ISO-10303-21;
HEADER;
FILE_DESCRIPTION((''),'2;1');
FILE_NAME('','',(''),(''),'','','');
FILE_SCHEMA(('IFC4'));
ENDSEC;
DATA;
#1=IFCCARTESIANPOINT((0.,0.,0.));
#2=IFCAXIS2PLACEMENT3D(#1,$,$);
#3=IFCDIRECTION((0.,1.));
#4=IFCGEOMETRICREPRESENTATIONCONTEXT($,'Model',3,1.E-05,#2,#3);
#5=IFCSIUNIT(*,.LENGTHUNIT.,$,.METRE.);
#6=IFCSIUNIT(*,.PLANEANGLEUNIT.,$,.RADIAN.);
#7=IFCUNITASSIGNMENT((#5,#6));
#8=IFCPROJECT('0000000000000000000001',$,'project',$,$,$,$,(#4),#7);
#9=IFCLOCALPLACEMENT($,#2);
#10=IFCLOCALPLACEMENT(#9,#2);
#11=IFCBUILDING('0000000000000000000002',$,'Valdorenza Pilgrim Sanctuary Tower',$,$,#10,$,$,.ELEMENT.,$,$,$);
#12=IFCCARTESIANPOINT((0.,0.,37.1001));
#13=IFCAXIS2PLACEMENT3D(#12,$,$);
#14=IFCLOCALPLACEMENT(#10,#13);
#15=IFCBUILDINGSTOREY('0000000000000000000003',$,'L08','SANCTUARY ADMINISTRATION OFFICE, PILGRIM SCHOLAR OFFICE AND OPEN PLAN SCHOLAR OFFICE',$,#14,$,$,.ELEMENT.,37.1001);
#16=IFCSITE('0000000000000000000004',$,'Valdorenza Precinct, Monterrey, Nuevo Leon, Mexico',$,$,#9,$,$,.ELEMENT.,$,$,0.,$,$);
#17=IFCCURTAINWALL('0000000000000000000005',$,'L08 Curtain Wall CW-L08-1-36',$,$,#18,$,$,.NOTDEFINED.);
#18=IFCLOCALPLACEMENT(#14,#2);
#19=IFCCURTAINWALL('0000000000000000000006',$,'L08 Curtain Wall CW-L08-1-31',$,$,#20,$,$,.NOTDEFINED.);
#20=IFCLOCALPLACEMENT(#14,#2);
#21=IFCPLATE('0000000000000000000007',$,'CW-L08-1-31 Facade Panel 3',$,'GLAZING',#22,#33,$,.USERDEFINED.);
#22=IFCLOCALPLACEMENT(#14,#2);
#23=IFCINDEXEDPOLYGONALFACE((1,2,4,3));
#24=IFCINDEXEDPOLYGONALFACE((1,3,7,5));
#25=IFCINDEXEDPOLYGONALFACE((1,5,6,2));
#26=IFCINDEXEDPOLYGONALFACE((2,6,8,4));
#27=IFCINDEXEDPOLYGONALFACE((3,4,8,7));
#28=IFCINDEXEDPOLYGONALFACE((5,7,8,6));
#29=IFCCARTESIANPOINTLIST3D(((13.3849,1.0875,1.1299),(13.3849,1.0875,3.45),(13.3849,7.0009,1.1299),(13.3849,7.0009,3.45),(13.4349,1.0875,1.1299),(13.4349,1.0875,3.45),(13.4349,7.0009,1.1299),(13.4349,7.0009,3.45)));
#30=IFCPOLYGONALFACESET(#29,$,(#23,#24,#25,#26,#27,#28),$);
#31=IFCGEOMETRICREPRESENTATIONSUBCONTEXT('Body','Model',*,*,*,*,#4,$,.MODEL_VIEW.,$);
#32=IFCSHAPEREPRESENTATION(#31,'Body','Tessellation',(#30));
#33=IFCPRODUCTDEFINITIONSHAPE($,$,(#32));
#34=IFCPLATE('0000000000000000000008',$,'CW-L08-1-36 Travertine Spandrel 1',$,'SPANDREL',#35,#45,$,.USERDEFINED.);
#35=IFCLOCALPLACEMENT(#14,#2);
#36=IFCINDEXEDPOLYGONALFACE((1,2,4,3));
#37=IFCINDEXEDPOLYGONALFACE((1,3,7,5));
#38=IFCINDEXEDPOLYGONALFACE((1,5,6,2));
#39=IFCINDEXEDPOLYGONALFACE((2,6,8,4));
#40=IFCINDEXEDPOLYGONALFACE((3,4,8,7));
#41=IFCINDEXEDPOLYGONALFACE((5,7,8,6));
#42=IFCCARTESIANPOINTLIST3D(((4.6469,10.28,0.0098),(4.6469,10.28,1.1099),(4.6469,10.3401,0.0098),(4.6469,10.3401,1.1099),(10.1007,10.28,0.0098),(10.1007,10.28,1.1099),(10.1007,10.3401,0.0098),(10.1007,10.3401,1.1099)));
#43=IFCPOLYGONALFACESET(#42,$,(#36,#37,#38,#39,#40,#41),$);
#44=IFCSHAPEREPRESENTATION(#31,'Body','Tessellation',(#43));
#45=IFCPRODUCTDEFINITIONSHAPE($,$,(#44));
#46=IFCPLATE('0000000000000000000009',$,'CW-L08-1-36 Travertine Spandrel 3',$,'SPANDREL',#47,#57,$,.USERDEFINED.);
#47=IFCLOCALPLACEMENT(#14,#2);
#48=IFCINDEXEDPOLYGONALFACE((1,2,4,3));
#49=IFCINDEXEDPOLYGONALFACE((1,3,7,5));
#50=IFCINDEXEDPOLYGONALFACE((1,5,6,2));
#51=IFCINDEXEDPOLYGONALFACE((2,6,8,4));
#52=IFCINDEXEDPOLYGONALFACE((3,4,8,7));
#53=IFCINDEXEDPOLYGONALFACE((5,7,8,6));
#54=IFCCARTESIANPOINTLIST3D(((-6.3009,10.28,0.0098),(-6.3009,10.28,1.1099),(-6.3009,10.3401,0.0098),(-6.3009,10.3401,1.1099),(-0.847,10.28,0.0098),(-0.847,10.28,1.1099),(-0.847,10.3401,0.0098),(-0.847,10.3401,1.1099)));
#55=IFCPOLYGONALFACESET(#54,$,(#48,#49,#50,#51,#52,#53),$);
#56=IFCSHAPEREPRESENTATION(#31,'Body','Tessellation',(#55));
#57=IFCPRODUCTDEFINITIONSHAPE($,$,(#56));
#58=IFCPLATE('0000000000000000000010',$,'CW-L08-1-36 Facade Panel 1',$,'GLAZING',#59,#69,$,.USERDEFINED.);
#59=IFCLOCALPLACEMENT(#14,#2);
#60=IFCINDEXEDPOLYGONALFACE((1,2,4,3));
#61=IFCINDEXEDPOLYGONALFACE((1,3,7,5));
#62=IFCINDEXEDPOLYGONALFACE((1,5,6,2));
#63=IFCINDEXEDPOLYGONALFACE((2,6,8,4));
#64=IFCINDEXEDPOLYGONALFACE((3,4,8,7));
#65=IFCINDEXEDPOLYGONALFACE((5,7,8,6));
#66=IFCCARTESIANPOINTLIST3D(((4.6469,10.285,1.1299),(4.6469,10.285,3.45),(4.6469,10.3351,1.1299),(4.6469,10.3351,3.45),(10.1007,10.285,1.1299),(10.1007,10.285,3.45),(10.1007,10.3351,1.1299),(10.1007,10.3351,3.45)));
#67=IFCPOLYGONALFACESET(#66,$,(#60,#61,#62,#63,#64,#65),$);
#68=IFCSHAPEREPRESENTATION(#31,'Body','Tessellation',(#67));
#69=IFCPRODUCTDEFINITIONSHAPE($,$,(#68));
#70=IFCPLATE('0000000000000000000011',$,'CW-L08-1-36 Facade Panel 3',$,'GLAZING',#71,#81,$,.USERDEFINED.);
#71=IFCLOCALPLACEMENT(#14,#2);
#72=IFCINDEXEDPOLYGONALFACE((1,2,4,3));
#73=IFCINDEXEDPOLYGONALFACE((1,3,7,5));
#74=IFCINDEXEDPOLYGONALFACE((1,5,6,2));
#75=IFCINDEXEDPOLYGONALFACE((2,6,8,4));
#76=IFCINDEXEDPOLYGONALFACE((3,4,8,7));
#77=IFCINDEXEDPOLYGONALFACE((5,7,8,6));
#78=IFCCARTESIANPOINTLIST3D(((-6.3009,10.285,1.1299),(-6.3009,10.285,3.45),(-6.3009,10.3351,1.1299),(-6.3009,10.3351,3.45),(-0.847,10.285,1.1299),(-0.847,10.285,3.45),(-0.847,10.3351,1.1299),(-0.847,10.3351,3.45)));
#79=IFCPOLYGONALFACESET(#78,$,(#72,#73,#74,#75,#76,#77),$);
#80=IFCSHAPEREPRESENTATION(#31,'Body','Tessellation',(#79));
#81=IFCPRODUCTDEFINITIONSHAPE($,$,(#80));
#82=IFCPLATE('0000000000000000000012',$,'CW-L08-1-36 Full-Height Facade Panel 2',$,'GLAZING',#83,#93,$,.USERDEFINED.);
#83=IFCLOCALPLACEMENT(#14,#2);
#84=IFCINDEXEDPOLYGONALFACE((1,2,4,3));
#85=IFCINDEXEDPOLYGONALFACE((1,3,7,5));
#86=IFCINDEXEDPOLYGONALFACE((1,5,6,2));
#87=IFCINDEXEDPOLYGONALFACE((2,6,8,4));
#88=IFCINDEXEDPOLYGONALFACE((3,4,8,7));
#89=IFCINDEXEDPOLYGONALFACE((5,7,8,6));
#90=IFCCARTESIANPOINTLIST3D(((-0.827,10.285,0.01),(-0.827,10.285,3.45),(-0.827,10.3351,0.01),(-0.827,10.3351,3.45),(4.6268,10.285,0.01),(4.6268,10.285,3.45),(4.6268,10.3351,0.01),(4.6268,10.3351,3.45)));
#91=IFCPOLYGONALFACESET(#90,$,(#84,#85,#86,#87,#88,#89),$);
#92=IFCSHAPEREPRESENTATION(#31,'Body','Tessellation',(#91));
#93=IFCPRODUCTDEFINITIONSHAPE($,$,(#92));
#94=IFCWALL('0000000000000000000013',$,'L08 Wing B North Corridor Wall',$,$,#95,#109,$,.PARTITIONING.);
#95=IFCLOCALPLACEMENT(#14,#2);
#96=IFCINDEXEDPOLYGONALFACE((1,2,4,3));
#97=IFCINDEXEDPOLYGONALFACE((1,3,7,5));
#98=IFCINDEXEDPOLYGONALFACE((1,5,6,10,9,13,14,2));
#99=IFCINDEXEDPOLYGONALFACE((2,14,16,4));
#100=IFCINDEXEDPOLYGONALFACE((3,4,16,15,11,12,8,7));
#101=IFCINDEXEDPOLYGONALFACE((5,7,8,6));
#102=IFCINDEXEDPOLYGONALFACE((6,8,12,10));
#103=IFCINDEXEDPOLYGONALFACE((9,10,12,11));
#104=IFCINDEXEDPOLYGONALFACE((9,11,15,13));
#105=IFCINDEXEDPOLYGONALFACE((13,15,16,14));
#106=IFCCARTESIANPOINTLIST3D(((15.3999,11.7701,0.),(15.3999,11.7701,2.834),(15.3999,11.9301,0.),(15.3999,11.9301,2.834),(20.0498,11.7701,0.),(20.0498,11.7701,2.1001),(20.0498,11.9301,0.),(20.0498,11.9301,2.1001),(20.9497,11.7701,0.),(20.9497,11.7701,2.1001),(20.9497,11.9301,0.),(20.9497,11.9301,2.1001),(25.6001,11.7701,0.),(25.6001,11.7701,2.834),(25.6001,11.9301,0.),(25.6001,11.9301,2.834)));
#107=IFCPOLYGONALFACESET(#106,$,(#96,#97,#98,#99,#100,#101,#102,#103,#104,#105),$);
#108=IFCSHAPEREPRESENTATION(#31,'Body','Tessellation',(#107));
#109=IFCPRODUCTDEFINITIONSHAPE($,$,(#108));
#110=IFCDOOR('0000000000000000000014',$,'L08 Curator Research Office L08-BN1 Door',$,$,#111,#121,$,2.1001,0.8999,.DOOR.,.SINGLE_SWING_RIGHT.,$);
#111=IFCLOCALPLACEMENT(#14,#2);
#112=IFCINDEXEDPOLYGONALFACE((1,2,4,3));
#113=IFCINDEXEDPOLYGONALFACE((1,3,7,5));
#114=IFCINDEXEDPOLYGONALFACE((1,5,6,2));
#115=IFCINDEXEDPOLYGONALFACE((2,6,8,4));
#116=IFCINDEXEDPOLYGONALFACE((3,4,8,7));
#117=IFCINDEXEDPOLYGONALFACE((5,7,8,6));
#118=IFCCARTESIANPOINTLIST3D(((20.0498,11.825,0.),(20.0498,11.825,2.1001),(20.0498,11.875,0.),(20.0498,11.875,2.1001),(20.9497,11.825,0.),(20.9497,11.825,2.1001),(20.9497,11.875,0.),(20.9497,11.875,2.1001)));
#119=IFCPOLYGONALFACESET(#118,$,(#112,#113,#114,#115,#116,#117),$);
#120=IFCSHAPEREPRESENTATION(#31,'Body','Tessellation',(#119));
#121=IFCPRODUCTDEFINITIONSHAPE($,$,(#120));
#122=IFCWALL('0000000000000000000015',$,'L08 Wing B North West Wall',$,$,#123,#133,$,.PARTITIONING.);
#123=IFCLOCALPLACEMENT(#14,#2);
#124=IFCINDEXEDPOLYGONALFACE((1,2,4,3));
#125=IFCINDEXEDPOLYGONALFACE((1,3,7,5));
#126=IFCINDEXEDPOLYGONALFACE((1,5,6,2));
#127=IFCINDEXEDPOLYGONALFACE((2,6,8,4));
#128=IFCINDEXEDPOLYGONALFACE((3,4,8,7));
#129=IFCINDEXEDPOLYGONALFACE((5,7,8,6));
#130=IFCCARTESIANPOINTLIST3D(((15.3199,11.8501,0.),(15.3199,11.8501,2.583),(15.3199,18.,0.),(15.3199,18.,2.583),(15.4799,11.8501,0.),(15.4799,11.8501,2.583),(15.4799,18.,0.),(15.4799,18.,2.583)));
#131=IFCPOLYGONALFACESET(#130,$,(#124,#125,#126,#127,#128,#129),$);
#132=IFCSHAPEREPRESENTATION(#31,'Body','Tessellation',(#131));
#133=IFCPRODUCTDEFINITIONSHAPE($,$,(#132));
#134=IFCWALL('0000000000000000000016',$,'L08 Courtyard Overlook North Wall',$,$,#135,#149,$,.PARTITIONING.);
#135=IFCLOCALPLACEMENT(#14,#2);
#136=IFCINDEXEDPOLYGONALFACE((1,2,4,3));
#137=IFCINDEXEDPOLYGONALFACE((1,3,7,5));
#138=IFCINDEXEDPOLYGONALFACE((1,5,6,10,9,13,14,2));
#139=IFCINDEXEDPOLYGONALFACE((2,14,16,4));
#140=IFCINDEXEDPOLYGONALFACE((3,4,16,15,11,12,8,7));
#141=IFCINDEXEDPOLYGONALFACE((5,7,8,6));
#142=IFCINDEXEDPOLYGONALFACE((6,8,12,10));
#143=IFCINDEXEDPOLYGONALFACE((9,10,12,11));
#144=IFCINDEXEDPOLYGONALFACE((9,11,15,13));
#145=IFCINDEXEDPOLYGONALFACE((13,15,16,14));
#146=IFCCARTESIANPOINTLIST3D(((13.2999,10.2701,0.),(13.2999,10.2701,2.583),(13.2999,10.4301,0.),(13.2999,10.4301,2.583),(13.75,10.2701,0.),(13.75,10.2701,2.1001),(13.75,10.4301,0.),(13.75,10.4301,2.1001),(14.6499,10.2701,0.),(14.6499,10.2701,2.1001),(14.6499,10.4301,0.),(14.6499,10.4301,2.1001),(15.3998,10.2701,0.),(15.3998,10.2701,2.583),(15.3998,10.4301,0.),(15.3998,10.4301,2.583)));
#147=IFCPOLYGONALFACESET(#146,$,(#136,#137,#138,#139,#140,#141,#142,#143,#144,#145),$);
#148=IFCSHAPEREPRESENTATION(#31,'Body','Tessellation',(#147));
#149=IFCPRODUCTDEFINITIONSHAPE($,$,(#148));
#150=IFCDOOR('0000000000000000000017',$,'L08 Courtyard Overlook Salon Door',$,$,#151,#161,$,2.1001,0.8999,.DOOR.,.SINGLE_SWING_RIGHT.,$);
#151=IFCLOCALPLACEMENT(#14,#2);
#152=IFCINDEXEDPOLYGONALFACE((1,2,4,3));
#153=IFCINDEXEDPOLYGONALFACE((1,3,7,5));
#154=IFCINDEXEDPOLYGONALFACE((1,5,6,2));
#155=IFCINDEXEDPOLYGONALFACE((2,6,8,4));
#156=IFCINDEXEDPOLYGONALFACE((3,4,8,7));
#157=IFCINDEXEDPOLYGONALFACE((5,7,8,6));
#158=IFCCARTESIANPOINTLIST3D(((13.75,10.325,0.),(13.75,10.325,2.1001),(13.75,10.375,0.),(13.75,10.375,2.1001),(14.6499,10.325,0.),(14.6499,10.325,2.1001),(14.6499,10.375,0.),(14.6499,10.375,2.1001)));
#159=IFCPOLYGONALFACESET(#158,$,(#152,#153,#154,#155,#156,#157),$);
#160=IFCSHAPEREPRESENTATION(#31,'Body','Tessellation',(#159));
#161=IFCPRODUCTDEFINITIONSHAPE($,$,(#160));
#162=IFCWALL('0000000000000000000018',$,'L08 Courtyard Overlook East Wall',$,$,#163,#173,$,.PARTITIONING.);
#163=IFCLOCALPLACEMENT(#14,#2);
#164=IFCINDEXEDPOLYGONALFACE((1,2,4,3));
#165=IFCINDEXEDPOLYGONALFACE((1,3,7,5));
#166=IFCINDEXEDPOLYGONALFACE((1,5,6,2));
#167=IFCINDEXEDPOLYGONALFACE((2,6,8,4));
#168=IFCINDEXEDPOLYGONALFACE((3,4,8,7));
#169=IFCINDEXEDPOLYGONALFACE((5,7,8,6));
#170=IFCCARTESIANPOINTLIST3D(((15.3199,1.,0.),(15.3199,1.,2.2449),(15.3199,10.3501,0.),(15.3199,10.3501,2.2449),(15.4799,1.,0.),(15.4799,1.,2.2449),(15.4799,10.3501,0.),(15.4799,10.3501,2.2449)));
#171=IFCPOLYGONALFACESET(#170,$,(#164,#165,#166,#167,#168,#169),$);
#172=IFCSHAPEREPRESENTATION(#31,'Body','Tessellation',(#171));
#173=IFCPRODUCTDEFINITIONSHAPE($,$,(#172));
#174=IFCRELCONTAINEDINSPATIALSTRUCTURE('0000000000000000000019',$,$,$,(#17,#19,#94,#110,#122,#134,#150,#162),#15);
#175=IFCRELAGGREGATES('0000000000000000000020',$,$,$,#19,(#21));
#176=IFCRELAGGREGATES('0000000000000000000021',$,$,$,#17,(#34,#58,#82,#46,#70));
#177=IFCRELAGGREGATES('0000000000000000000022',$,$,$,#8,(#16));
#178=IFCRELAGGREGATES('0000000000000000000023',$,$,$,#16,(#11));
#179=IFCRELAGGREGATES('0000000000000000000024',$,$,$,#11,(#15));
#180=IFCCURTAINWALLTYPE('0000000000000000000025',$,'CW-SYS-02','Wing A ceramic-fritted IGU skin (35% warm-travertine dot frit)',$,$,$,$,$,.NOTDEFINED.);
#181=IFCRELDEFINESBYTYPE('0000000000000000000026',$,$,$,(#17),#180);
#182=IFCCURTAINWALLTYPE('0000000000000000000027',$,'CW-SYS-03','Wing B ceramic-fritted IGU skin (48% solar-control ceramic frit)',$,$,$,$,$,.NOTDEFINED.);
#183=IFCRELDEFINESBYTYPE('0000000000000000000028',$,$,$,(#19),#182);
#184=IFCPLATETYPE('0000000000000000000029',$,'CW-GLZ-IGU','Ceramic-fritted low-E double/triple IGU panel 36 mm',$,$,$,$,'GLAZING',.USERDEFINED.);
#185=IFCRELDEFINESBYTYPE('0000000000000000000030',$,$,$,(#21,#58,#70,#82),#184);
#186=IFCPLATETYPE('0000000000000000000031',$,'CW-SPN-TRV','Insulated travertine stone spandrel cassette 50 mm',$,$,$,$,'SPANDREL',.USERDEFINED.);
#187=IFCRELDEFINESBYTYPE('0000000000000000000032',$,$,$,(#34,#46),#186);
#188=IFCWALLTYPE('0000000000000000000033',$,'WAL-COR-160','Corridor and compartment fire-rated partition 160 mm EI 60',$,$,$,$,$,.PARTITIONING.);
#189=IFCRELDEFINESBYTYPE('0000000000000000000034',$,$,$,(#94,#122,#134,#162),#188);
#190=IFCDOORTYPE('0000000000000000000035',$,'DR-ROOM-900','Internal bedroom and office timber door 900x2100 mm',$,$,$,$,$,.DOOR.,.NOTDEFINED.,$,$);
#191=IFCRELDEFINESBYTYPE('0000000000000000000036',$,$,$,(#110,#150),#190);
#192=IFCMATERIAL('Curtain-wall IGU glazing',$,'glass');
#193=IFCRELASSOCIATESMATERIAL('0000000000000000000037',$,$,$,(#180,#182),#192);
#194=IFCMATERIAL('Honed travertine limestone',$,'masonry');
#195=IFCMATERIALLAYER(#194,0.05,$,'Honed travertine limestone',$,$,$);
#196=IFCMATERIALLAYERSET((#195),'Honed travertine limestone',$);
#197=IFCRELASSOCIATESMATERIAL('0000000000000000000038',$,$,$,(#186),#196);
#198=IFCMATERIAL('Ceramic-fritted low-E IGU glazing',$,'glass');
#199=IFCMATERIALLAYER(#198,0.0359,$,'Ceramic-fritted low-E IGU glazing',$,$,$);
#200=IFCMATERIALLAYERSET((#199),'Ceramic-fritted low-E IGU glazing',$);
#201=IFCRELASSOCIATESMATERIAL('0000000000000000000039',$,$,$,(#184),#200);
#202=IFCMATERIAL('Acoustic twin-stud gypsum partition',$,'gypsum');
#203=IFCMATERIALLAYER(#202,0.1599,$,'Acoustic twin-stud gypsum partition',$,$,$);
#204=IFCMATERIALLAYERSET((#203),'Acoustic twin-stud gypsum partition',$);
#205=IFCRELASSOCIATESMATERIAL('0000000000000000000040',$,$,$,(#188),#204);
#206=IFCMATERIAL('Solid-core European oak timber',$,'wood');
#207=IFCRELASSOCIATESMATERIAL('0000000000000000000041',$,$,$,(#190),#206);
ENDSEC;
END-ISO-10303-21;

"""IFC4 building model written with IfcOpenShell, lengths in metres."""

from ifc_helpers import new_model, si_unit, direction, frame, frame_2d, origin, origin_2d, place, context, subcontext, project, spatial, rectangle, extrude, source, transform, mapped, material, layer, layer_set, type_object, element, fill, aggregate, save


model = new_model("IFC4")

# Units and contexts
model_context = context("Model", 3, precision=1e-05, world=origin(), true_north=direction((0.0, 1.0)))
body_context = subcontext(model_context, "Body", "Model", "MODEL_VIEW")
ifc_project = project(units=[si_unit("LENGTHUNIT", "METRE"), si_unit("PLANEANGLEUNIT", "RADIAN")], contexts=[model_context])

# Site, building, storey
site_placement = place(None, origin())
site = spatial("IfcSite", under=ifc_project, at=site_placement, Name="Valdorenza Precinct, Monterrey, Nuevo Leon, Mexico", CompositionType="ELEMENT", RefElevation=0.0)
building_placement = place(site_placement, origin())
building = spatial("IfcBuilding", under=site, at=building_placement, Name="Valdorenza Pilgrim Sanctuary Tower", CompositionType="ELEMENT")
storey_placement = place(building_placement, frame((0.0, 0.0, 37.1001)))
storey = spatial("IfcBuildingStorey", under=building, at=storey_placement, Name="L08", Description="SANCTUARY ADMINISTRATION OFFICE, PILGRIM SCHOLAR OFFICE AND OPEN PLAN SCHOLAR OFFICE", CompositionType="ELEMENT", Elevation=37.1001)

# Curtain walls
ifc_material_1 = material(Name="Curtain-wall IGU glazing", Category="glass")
curtain_wall_type_1 = type_object("IfcCurtainWallType", Name="CW-SYS-02", Description="Wing A ceramic-fritted IGU skin (35% warm-travertine dot frit)", PredefinedType="NOTDEFINED", material=ifc_material_1)
curtain_wall_1_placement = place(storey_placement, origin())
curtain_wall_1 = element("IfcCurtainWall", 1, at=curtain_wall_1_placement, inside=storey, type_object=curtain_wall_type_1, Name="L08 Curtain Wall CW-L08-1-36", PredefinedType="NOTDEFINED")
curtain_wall_type_2 = type_object("IfcCurtainWallType", Name="CW-SYS-03", Description="Wing B ceramic-fritted IGU skin (48% solar-control ceramic frit)", PredefinedType="NOTDEFINED", material=ifc_material_1)
curtain_wall_2_placement = place(storey_placement, origin())
curtain_wall_2 = element("IfcCurtainWall", 2, at=curtain_wall_2_placement, inside=storey, type_object=curtain_wall_type_2, Name="L08 Curtain Wall CW-L08-1-31", PredefinedType="NOTDEFINED")

# Plates
ifc_material_2 = material(Name="Honed travertine limestone", Category="masonry")
ifc_layer_1 = layer(ifc_material_2, 0.05, Name="Honed travertine limestone")
ifc_layer_set_1 = layer_set([ifc_layer_1], Name="Honed travertine limestone")
plate_type_1 = type_object("IfcPlateType", Name="CW-SPN-TRV", Description="Insulated travertine stone spandrel cassette 50 mm", ElementType="SPANDREL", PredefinedType="USERDEFINED", material=ifc_layer_set_1)
ifc_material_3 = material(Name="Ceramic-fritted low-E IGU glazing", Category="glass")
ifc_layer_2 = layer(ifc_material_3, 0.0359, Name="Ceramic-fritted low-E IGU glazing")
ifc_layer_set_2 = layer_set([ifc_layer_2], Name="Ceramic-fritted low-E IGU glazing")
plate_type_2 = type_object("IfcPlateType", Name="CW-GLZ-IGU", Description="Ceramic-fritted low-E double/triple IGU panel 36 mm", ElementType="GLAZING", PredefinedType="USERDEFINED", material=ifc_layer_set_2)
shared_shape_1 = source(origin(), body_context, "Body", "SweptSolid", [
    extrude(rectangle(XDim=5.9133, YDim=0.05, at=origin_2d()), origin(), (0.0, 0.0, 1.0), 2.3201),
])
plate_1_placement = place(storey_placement, frame((13.4099, 4.0442, 1.1299), z_axis=(0.0, 0.0, 1.0), x_axis=(0.0, 1.0, 0.0)))
plate_1 = element("IfcPlate", 3, at=plate_1_placement, type_object=plate_type_2, Name="CW-L08-1-31 Facade Panel 3", ObjectType="GLAZING", PredefinedType="USERDEFINED", context=body_context, shape_type="MappedRepresentation", body=[
    mapped(shared_shape_1, transform((0.0, 0.0, 0.0), x_axis=(1.0, 0.0, 0.0), y_axis=(0.0, 1.0, 0.0), z_axis=(0.0, 0.0, 1.0), scale=1.0)),
])
aggregate(curtain_wall_2, [plate_1])
shared_shape_2 = source(origin(), body_context, "Body", "SweptSolid", [
    extrude(rectangle(XDim=5.4539, YDim=0.0601, at=origin_2d()), origin(), (0.0, 0.0, 1.0), 1.1001),
])
plate_2_placement = place(storey_placement, frame((7.3738, 10.3101, 0.0098), z_axis=(0.0, 0.0, 1.0), x_axis=(-1.0, 0.0, 0.0)))
plate_2 = element("IfcPlate", 4, at=plate_2_placement, type_object=plate_type_1, Name="CW-L08-1-36 Travertine Spandrel 1", ObjectType="SPANDREL", PredefinedType="USERDEFINED", context=body_context, shape_type="MappedRepresentation", body=[
    mapped(shared_shape_2, transform((0.0, 0.0, 0.0), x_axis=(1.0, 0.0, 0.0), y_axis=(0.0, 1.0, 0.0), z_axis=(0.0, 0.0, 1.0), scale=1.0)),
])
plate_3_placement = place(storey_placement, frame((-3.574, 10.3101, 0.0098), z_axis=(0.0, 0.0, 1.0), x_axis=(-1.0, 0.0, 0.0)))
plate_3 = element("IfcPlate", 5, at=plate_3_placement, type_object=plate_type_1, Name="CW-L08-1-36 Travertine Spandrel 3", ObjectType="SPANDREL", PredefinedType="USERDEFINED", context=body_context, shape_type="MappedRepresentation", body=[
    mapped(shared_shape_2, transform((0.0, 0.0, 0.0), x_axis=(1.0, 0.0, 0.0), y_axis=(0.0, 1.0, 0.0), z_axis=(0.0, 0.0, 1.0), scale=1.0)),
])
shared_shape_3 = source(origin(), body_context, "Body", "SweptSolid", [
    extrude(rectangle(XDim=5.4539, YDim=0.05, at=origin_2d()), origin(), (0.0, 0.0, 1.0), 2.3201),
])
plate_4_placement = place(storey_placement, frame((7.3738, 10.3101, 1.1299), z_axis=(0.0, 0.0, 1.0), x_axis=(-1.0, 0.0, 0.0)))
plate_4 = element("IfcPlate", 6, at=plate_4_placement, type_object=plate_type_2, Name="CW-L08-1-36 Facade Panel 1", ObjectType="GLAZING", PredefinedType="USERDEFINED", context=body_context, shape_type="MappedRepresentation", body=[
    mapped(shared_shape_3, transform((0.0, 0.0, 0.0), x_axis=(1.0, 0.0, 0.0), y_axis=(0.0, 1.0, 0.0), z_axis=(0.0, 0.0, 1.0), scale=1.0)),
])
plate_5_placement = place(storey_placement, frame((-3.574, 10.3101, 1.1299), z_axis=(0.0, 0.0, 1.0), x_axis=(-1.0, 0.0, 0.0)))
plate_5 = element("IfcPlate", 7, at=plate_5_placement, type_object=plate_type_2, Name="CW-L08-1-36 Facade Panel 3", ObjectType="GLAZING", PredefinedType="USERDEFINED", context=body_context, shape_type="MappedRepresentation", body=[
    mapped(shared_shape_3, transform((0.0, 0.0, 0.0), x_axis=(1.0, 0.0, 0.0), y_axis=(0.0, 1.0, 0.0), z_axis=(0.0, 0.0, 1.0), scale=1.0)),
])
shared_shape_4 = source(origin(), body_context, "Body", "SweptSolid", [
    extrude(rectangle(XDim=5.4539, YDim=0.05, at=origin_2d()), origin(), (0.0, 0.0, 1.0), 3.4399),
])
plate_6_placement = place(storey_placement, frame((1.8999, 10.3101, 0.01), z_axis=(0.0, 0.0, 1.0), x_axis=(-1.0, 0.0, 0.0)))
plate_6 = element("IfcPlate", 8, at=plate_6_placement, type_object=plate_type_2, Name="CW-L08-1-36 Full-Height Facade Panel 2", ObjectType="GLAZING", PredefinedType="USERDEFINED", context=body_context, shape_type="MappedRepresentation", body=[
    mapped(shared_shape_4, transform((0.0, 0.0, 0.0), x_axis=(1.0, 0.0, 0.0), y_axis=(0.0, 1.0, 0.0), z_axis=(0.0, 0.0, 1.0), scale=1.0)),
])
aggregate(curtain_wall_1, [plate_2, plate_4, plate_6, plate_3, plate_5])

# Wall, opening, door
ifc_material_4 = material(Name="Acoustic twin-stud gypsum partition", Category="gypsum")
ifc_layer_3 = layer(ifc_material_4, 0.1599, Name="Acoustic twin-stud gypsum partition")
ifc_layer_set_3 = layer_set([ifc_layer_3], Name="Acoustic twin-stud gypsum partition")
wall_type_1 = type_object("IfcWallType", Name="WAL-COR-160", Description="Corridor and compartment fire-rated partition 160 mm EI 60", PredefinedType="PARTITIONING", material=ifc_layer_set_3)
wall_1_placement = place(storey_placement, frame((15.3999, 11.8501, 0.0), z_axis=(0.0, 0.0, 1.0), x_axis=(1.0, 0.0, 0.0)))
wall_1 = element("IfcWall", 9, at=wall_1_placement, inside=storey, type_object=wall_type_1, Name="L08 Wing B North Corridor Wall", PredefinedType="PARTITIONING", context=body_context, shape_type="SweptSolid", body=[
    extrude(rectangle(XDim=10.2002, YDim=0.1599, at=frame_2d((5.1001, 0.0))), origin(), (0.0, 0.0, 1.0), 2.834),
])
opening_1_placement = place(wall_1_placement, frame((4.6499, 0.0, 0.0)))
opening_1 = element("IfcOpeningElement", 10, at=opening_1_placement, cuts=wall_1, PredefinedType="OPENING", context=body_context, shape_type="SweptSolid", body=[
    extrude(rectangle(XDim=0.8999, YDim=2.1001, at=frame_2d((0.45, 1.05))), frame((0.0, 0.0947, 0.0), z_axis=(0.0, -1.0, 0.0), x_axis=(1.0, 0.0, 0.0)), (0.0, 0.0, 1.0), 0.1897),
])
ifc_material_5 = material(Name="Solid-core European oak timber", Category="wood")
door_type = type_object("IfcDoorType", Name="DR-ROOM-900", Description="Internal bedroom and office timber door 900x2100 mm", OperationType="NOTDEFINED", PredefinedType="DOOR", material=ifc_material_5)
door_1_placement = place(opening_1_placement, origin())
door_1 = element("IfcDoor", 11, at=door_1_placement, inside=storey, type_object=door_type, Name="L08 Curator Research Office L08-BN1 Door", OperationType="SINGLE_SWING_RIGHT", OverallHeight=2.1001, OverallWidth=0.8999, PredefinedType="DOOR", context=body_context, shape_type="SweptSolid", body=[
    extrude(rectangle(XDim=0.8999, YDim=2.1001, at=frame_2d((0.45, 1.05))), frame((0.0, 0.0249, 0.0), z_axis=(0.0, -1.0, 0.0), x_axis=(1.0, 0.0, 0.0)), (0.0, 0.0, 1.0), 0.05),
])
fill(opening_1, door_1)

# Wall
wall_2_placement = place(storey_placement, frame((15.3999, 11.8501, 0.0), z_axis=(0.0, 0.0, 1.0), x_axis=(0.0, 1.0, 0.0)))
element("IfcWall", 12, at=wall_2_placement, inside=storey, type_object=wall_type_1, Name="L08 Wing B North West Wall", PredefinedType="PARTITIONING", context=body_context, shape_type="SweptSolid", body=[
    extrude(rectangle(XDim=6.1499, YDim=0.1599, at=frame_2d((3.075, 0.0))), origin(), (0.0, 0.0, 1.0), 2.583),
])

# Wall, opening, door
wall_3_placement = place(storey_placement, frame((13.3, 10.3501, 0.0), z_axis=(0.0, 0.0, 1.0), x_axis=(1.0, 0.0, 0.0)))
wall_3 = element("IfcWall", 13, at=wall_3_placement, inside=storey, type_object=wall_type_1, Name="L08 Courtyard Overlook North Wall", PredefinedType="PARTITIONING", context=body_context, shape_type="SweptSolid", body=[
    extrude(rectangle(XDim=2.0999, YDim=0.1599, at=frame_2d((1.0498, 0.0))), origin(), (0.0, 0.0, 1.0), 2.583),
])
opening_2_placement = place(wall_3_placement, frame((0.45, 0.0, 0.0)))
opening_2 = element("IfcOpeningElement", 14, at=opening_2_placement, cuts=wall_3, PredefinedType="OPENING", context=body_context, shape_type="SweptSolid", body=[
    extrude(rectangle(XDim=0.8999, YDim=2.1001, at=frame_2d((0.45, 1.05))), frame((0.0, 0.0947, 0.0), z_axis=(0.0, -1.0, 0.0), x_axis=(1.0, 0.0, 0.0)), (0.0, 0.0, 1.0), 0.1897),
])
door_2_placement = place(opening_2_placement, origin())
door_2 = element("IfcDoor", 15, at=door_2_placement, inside=storey, type_object=door_type, Name="L08 Courtyard Overlook Salon Door", OperationType="SINGLE_SWING_RIGHT", OverallHeight=2.1001, OverallWidth=0.8999, PredefinedType="DOOR", context=body_context, shape_type="SweptSolid", body=[
    extrude(rectangle(XDim=0.8999, YDim=2.1001, at=frame_2d((0.45, 1.05))), frame((0.0, 0.0249, 0.0), z_axis=(0.0, -1.0, 0.0), x_axis=(1.0, 0.0, 0.0)), (0.0, 0.0, 1.0), 0.05),
])
fill(opening_2, door_2)

# Wall
wall_4_placement = place(storey_placement, frame((15.3999, 1.0, 0.0), z_axis=(0.0, 0.0, 1.0), x_axis=(0.0, 1.0, 0.0)))
element("IfcWall", 16, at=wall_4_placement, inside=storey, type_object=wall_type_1, Name="L08 Courtyard Overlook East Wall", PredefinedType="PARTITIONING", context=body_context, shape_type="SweptSolid", body=[
    extrude(rectangle(XDim=9.3501, YDim=0.1599, at=frame_2d((4.675, 0.0))), origin(), (0.0, 0.0, 1.0), 2.2449),
])

save(model, "model.ifc")
